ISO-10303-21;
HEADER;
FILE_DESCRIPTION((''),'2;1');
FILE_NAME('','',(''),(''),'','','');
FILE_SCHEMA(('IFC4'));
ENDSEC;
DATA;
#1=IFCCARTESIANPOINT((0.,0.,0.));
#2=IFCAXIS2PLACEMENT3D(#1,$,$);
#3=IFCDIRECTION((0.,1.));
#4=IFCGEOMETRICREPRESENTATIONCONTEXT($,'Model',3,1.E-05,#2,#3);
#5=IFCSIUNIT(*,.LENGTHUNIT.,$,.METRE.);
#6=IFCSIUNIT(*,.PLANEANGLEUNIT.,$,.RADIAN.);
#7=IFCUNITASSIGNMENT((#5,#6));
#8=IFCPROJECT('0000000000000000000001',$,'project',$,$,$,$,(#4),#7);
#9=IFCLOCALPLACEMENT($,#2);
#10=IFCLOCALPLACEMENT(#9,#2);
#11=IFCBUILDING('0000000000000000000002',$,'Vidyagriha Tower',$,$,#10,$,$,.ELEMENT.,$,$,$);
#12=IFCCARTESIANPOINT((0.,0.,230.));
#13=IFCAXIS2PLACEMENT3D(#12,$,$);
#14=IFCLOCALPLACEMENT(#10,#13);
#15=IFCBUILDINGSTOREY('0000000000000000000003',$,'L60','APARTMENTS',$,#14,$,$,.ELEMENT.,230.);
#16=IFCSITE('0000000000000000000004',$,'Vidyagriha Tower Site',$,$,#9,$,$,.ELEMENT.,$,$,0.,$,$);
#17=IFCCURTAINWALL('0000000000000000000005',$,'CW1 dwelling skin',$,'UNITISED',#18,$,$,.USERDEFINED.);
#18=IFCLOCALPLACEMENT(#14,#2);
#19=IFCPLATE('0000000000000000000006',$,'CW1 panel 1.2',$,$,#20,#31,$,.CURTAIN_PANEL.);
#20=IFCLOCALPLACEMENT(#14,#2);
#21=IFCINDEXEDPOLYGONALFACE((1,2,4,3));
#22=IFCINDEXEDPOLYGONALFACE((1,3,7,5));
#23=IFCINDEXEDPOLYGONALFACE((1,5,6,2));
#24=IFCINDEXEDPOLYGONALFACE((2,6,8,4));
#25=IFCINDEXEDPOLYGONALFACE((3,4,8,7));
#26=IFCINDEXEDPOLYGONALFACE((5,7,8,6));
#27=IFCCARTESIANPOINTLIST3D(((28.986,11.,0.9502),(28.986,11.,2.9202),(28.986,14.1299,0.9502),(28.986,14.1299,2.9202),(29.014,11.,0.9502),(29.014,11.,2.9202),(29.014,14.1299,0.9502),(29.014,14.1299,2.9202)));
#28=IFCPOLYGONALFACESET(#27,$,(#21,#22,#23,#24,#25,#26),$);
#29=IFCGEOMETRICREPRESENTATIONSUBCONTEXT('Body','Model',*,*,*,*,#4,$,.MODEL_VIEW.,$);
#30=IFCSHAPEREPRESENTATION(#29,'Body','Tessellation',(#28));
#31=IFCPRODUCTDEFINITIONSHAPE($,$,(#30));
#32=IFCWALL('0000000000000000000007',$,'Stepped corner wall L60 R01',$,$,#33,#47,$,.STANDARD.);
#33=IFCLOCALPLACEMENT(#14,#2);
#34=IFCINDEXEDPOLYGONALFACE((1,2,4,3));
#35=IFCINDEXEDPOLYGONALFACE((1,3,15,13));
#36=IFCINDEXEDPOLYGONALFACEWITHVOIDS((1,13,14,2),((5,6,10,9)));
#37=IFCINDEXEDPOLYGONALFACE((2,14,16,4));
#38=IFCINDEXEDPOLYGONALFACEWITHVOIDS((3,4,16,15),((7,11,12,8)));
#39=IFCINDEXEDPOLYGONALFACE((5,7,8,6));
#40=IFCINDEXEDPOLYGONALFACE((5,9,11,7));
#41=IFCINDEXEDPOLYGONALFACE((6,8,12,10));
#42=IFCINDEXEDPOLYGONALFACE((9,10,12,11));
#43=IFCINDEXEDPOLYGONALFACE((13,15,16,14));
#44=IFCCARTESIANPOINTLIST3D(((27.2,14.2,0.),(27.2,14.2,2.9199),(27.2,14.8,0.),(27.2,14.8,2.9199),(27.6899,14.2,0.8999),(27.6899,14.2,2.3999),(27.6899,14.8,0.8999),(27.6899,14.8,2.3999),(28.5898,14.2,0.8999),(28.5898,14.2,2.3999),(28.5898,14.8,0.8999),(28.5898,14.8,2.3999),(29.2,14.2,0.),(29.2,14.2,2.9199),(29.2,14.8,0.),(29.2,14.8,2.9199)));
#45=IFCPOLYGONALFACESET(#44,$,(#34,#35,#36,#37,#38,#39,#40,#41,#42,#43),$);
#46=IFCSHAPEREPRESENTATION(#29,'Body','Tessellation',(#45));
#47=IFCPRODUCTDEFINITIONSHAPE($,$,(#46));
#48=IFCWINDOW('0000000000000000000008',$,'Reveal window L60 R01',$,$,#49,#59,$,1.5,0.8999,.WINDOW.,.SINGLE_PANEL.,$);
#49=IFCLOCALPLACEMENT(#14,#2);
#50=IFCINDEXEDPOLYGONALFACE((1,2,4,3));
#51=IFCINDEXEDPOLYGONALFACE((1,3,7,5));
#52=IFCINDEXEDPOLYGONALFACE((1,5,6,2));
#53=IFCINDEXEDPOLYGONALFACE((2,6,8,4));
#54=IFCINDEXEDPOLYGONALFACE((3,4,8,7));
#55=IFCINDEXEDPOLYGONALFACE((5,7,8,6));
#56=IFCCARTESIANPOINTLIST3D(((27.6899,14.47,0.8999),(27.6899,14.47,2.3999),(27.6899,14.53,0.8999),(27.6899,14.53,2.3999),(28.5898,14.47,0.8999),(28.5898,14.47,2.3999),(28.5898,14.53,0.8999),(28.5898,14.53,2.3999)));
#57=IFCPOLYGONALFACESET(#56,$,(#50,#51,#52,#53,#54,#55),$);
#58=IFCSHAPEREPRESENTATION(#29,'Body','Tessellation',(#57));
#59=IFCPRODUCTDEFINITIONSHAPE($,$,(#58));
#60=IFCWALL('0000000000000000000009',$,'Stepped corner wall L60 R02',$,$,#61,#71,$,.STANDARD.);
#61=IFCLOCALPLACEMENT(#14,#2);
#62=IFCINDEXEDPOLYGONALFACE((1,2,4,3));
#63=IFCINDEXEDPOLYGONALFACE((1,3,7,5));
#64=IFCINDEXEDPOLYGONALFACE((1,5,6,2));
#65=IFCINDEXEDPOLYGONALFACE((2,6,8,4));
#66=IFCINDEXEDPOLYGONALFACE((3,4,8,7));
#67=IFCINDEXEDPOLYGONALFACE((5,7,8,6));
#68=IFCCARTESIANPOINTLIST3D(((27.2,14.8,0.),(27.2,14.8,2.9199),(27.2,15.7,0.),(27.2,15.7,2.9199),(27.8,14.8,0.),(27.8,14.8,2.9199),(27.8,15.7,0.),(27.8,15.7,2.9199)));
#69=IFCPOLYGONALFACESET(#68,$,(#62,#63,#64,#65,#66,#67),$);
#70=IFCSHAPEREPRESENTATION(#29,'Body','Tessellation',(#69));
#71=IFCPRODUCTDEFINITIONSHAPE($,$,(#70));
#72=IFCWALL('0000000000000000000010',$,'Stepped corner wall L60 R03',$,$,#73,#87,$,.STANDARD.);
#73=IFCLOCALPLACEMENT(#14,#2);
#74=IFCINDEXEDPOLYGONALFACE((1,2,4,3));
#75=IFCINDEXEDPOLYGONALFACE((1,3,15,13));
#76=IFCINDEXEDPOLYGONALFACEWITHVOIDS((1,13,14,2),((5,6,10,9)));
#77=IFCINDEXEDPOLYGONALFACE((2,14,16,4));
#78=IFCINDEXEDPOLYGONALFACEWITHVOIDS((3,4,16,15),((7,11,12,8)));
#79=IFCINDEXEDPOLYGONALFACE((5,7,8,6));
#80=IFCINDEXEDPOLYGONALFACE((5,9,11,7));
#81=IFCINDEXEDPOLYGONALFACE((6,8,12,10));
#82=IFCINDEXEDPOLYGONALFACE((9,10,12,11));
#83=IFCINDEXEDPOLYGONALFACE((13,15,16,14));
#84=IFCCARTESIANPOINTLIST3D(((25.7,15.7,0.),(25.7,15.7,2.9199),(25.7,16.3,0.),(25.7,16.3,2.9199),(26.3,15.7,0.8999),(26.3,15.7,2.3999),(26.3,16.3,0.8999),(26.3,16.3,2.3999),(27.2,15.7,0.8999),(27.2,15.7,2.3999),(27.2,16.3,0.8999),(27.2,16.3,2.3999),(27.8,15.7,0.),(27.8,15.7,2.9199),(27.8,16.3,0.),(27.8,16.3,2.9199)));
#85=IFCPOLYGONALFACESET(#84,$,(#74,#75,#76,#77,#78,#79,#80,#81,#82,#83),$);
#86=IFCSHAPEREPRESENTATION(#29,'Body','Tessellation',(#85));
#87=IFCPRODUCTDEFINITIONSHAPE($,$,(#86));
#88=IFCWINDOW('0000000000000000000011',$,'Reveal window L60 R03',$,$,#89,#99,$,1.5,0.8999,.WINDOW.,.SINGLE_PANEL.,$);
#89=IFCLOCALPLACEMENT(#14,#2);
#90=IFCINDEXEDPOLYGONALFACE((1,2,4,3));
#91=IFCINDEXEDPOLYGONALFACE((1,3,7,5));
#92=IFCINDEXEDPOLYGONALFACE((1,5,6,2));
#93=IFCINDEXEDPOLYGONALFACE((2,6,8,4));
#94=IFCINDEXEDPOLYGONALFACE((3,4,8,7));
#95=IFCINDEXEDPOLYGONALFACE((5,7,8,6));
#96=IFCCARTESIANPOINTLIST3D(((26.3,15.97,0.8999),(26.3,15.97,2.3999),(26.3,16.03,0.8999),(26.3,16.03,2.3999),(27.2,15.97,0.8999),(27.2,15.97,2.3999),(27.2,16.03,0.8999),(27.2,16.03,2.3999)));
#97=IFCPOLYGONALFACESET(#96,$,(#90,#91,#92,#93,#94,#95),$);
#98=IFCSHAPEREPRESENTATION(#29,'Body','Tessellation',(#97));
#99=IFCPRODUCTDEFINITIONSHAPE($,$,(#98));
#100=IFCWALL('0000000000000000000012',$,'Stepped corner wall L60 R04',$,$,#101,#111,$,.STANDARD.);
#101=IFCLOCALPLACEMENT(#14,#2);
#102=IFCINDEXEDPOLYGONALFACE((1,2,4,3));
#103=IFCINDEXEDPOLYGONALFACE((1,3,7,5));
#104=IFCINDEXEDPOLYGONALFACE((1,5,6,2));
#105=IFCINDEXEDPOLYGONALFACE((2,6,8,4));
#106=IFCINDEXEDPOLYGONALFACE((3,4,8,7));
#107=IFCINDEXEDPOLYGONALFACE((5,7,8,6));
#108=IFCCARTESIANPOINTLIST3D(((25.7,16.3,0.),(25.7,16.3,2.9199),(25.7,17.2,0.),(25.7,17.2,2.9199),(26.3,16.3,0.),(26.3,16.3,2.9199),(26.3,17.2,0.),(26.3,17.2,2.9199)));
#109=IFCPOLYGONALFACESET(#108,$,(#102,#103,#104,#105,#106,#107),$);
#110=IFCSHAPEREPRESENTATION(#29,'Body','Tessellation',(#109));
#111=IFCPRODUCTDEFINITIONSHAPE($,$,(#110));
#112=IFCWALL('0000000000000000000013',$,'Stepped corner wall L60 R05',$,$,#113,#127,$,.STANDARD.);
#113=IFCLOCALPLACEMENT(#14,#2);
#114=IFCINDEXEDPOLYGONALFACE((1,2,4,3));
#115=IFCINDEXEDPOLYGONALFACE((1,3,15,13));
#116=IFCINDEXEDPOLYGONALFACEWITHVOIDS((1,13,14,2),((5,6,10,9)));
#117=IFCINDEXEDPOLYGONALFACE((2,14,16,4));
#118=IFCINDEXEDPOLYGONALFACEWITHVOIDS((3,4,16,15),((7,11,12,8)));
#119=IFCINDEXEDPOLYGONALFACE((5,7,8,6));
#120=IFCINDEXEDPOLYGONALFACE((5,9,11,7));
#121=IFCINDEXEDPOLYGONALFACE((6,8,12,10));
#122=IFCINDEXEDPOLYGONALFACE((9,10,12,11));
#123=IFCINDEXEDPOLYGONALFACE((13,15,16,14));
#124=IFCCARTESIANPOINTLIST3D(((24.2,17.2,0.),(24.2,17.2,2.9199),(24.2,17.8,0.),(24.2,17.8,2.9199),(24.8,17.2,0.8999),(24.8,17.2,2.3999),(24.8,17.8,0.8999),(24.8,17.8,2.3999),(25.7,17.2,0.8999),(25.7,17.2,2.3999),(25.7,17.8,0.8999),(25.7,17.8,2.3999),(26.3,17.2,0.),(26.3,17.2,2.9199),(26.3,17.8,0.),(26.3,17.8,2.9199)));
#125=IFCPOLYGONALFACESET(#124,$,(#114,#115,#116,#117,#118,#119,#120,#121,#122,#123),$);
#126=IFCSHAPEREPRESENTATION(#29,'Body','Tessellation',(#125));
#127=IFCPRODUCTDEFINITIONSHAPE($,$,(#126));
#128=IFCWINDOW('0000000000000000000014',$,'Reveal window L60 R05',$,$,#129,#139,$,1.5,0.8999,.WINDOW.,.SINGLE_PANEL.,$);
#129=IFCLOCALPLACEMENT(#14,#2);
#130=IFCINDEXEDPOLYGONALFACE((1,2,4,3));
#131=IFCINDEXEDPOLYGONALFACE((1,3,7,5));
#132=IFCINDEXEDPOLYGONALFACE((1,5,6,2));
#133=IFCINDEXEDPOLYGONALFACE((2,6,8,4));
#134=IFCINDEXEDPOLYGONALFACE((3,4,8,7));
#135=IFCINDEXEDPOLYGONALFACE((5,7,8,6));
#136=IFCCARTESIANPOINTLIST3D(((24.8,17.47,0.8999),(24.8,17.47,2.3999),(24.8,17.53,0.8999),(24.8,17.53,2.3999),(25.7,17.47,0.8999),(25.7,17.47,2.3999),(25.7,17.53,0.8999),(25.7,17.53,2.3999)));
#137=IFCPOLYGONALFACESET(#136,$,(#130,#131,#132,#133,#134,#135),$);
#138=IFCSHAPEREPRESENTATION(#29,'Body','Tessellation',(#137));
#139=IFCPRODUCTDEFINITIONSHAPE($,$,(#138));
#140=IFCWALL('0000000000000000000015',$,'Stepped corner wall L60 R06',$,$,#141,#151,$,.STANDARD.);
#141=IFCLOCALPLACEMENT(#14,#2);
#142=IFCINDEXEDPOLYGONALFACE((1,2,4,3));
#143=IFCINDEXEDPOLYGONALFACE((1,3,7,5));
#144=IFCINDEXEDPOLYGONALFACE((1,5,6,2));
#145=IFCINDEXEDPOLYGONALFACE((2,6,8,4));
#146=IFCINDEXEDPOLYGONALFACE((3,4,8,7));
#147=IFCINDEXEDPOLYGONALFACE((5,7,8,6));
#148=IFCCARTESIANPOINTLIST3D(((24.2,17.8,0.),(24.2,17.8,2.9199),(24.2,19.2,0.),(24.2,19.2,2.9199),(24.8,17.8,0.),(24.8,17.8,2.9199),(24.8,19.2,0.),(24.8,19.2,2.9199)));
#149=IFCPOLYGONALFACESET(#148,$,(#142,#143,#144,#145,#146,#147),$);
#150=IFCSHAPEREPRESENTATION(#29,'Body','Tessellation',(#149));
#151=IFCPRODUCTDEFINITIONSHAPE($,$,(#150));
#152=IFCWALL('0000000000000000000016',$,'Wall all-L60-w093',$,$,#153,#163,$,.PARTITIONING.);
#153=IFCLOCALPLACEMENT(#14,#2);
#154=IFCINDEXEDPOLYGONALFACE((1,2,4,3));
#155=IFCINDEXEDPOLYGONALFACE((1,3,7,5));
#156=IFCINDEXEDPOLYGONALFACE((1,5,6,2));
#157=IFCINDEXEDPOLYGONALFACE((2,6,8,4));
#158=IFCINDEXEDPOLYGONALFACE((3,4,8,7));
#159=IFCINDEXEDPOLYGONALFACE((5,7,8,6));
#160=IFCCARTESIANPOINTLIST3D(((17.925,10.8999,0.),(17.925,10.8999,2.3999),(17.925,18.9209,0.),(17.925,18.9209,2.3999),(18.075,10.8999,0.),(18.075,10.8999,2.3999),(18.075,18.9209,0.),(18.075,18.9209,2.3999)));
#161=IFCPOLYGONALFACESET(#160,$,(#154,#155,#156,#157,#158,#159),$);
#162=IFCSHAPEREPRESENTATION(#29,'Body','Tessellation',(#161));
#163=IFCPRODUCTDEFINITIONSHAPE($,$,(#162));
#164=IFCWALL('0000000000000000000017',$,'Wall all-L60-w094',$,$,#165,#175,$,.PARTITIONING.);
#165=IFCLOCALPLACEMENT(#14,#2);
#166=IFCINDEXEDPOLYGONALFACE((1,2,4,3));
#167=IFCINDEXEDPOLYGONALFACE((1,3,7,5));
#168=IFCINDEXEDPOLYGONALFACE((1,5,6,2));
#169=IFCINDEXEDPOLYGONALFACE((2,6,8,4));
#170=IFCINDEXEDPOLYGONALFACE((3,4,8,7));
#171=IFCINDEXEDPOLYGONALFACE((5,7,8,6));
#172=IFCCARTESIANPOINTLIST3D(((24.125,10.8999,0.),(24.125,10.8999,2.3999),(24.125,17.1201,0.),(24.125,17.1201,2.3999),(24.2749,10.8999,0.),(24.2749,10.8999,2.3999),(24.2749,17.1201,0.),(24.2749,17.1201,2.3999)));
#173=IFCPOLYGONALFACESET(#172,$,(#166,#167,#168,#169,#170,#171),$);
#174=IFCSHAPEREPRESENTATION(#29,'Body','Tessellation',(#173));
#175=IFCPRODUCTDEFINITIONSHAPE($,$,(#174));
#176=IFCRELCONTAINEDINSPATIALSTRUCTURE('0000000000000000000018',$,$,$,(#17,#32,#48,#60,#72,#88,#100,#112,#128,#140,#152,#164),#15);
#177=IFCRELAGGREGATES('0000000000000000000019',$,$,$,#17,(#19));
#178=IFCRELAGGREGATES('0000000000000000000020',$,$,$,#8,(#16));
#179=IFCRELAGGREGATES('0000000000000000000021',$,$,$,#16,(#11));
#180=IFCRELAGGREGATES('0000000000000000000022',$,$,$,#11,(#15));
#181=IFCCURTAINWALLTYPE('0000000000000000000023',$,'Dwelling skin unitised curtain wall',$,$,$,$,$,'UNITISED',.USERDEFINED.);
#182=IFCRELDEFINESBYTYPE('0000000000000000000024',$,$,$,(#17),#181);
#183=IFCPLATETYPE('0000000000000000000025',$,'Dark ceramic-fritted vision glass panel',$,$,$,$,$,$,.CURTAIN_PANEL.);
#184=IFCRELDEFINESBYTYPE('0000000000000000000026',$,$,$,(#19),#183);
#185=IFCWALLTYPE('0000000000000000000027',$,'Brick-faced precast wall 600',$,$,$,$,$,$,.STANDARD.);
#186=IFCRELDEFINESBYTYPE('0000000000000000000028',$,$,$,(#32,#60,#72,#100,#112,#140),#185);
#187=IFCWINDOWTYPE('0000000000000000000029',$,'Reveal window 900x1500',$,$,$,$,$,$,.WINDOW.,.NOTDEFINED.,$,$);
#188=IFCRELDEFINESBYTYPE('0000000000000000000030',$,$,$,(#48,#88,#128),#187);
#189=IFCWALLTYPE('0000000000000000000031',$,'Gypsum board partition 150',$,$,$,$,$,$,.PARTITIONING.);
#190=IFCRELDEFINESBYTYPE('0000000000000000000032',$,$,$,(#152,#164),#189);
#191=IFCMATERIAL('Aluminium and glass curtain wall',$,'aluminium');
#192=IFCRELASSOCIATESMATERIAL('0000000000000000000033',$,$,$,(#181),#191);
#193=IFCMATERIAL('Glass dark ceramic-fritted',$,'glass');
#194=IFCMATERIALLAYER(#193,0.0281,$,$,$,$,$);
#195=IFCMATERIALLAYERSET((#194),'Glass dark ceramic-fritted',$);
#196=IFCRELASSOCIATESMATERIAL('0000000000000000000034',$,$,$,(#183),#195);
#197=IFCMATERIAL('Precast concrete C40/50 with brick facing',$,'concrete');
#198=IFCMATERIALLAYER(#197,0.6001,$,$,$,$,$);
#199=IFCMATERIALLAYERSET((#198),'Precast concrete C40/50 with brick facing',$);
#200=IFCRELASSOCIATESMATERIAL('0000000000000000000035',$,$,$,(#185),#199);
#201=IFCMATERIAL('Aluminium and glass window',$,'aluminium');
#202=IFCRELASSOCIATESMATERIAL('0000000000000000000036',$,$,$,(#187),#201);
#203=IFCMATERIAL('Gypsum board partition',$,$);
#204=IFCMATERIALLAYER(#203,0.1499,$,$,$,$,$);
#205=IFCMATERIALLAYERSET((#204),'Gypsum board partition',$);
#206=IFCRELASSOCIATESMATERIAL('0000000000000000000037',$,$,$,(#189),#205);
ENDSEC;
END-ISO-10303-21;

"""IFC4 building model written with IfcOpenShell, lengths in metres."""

from ifc_helpers import new_model, si_unit, direction, frame, frame_2d, origin, origin_2d, place, context, subcontext, project, spatial, rectangle, extrude, material, layer, layer_set, type_object, element, fill, aggregate, save


model = new_model("IFC4")

# Units and contexts
model_context = context("Model", 3, precision=1e-05, world=origin(), true_north=direction((0.0, 1.0)))
body_context = subcontext(model_context, "Body", "Model", "MODEL_VIEW")
ifc_project = project(units=[si_unit("LENGTHUNIT", "METRE"), si_unit("PLANEANGLEUNIT", "RADIAN")], contexts=[model_context])

# Site, building, storey
site_placement = place(None, origin())
site = spatial("IfcSite", under=ifc_project, at=site_placement, Name="Vidyagriha Tower Site", CompositionType="ELEMENT", RefElevation=0.0)
building_placement = place(site_placement, origin())
building = spatial("IfcBuilding", under=site, at=building_placement, Name="Vidyagriha Tower", CompositionType="ELEMENT")
storey_placement = place(building_placement, frame((0.0, 0.0, 230.0)))
storey = spatial("IfcBuildingStorey", under=building, at=storey_placement, Name="L60", Description="APARTMENTS", CompositionType="ELEMENT", Elevation=230.0)

# Shared definitions
ifc_material_1 = material(Name="Aluminium and glass curtain wall", Category="aluminium")
curtain_wall_type = type_object("IfcCurtainWallType", Name="Dwelling skin unitised curtain wall", ElementType="UNITISED", PredefinedType="USERDEFINED", material=ifc_material_1)

# Curtain wall
curtain_wall_1_placement = place(storey_placement, origin())
curtain_wall_1 = element("IfcCurtainWall", 1, at=curtain_wall_1_placement, inside=storey, type_object=curtain_wall_type, Name="CW1 dwelling skin", ObjectType="UNITISED", PredefinedType="USERDEFINED")

# Plate
ifc_material_2 = material(Name="Glass dark ceramic-fritted", Category="glass")
ifc_layer_1 = layer(ifc_material_2, 0.0281)
ifc_layer_set_1 = layer_set([ifc_layer_1], Name="Glass dark ceramic-fritted")
plate_type_1 = type_object("IfcPlateType", Name="Dark ceramic-fritted vision glass panel", PredefinedType="CURTAIN_PANEL", material=ifc_layer_set_1)
plate_1_placement = place(storey_placement, frame((29.0, 12.5649, 0.9502), z_axis=(0.0, 0.0, 1.0), x_axis=(0.0, 1.0, 0.0)))
plate_1 = element("IfcPlate", 2, at=plate_1_placement, type_object=plate_type_1, Name="CW1 panel 1.2", PredefinedType="CURTAIN_PANEL", context=body_context, shape_type="SweptSolid", body=[
    extrude(rectangle(XDim=3.1299, YDim=0.0281, at=origin_2d()), origin(), (0.0, 0.0, 1.0), 1.97),
])
aggregate(curtain_wall_1, [plate_1])

# Wall, opening, window
ifc_material_3 = material(Name="Precast concrete C40/50 with brick facing", Category="concrete")
ifc_layer_2 = layer(ifc_material_3, 0.6001)
ifc_layer_set_2 = layer_set([ifc_layer_2], Name="Precast concrete C40/50 with brick facing")
wall_type_1 = type_object("IfcWallType", Name="Brick-faced precast wall 600", PredefinedType="STANDARD", material=ifc_layer_set_2)
wall_1_placement = place(storey_placement, frame((29.2, 14.5, 0.0), z_axis=(0.0, 0.0, 1.0), x_axis=(-1.0, 0.0, 0.0)))
wall_1 = element("IfcWall", 3, at=wall_1_placement, inside=storey, type_object=wall_type_1, Name="Stepped corner wall L60 R01", PredefinedType="STANDARD", context=body_context, shape_type="SweptSolid", body=[
    extrude(rectangle(XDim=2.0, YDim=0.6001, at=frame_2d((1.0, 0.0))), origin(), (0.0, 0.0, 1.0), 2.9199),
])
opening_1_placement = place(wall_1_placement, frame((0.6101, 0.0, 0.8999)))
opening_1 = element("IfcOpeningElement", 4, at=opening_1_placement, cuts=wall_1, PredefinedType="OPENING", context=body_context, shape_type="SweptSolid", body=[
    extrude(rectangle(XDim=0.8999, YDim=1.5, at=frame_2d((0.45, 0.75))), frame((0.0, 0.3101, 0.0), z_axis=(0.0, -1.0, 0.0), x_axis=(1.0, 0.0, 0.0)), (0.0, 0.0, 1.0), 0.6201),
])
ifc_material_4 = material(Name="Aluminium and glass window", Category="aluminium")
window_type = type_object("IfcWindowType", Name="Reveal window 900x1500", PartitioningType="NOTDEFINED", PredefinedType="WINDOW", material=ifc_material_4)
window_1_placement = place(opening_1_placement, origin())
window_1 = element("IfcWindow", 5, at=window_1_placement, inside=storey, type_object=window_type, Name="Reveal window L60 R01", OverallHeight=1.5, OverallWidth=0.8999, PartitioningType="SINGLE_PANEL", PredefinedType="WINDOW", context=body_context, shape_type="SweptSolid", body=[
    extrude(rectangle(XDim=0.8999, YDim=1.5, at=frame_2d((0.45, 0.75))), frame((0.0, 0.03, 0.0), z_axis=(0.0, -1.0, 0.0), x_axis=(1.0, 0.0, 0.0)), (0.0, 0.0, 1.0), 0.0601),
])
fill(opening_1, window_1)

# Wall
wall_2_placement = place(storey_placement, frame((27.5, 14.8, 0.0), z_axis=(0.0, 0.0, 1.0), x_axis=(0.0, 1.0, 0.0)))
element("IfcWall", 6, at=wall_2_placement, inside=storey, type_object=wall_type_1, Name="Stepped corner wall L60 R02", PredefinedType="STANDARD", context=body_context, shape_type="SweptSolid", body=[
    extrude(rectangle(XDim=0.8999, YDim=0.6001, at=frame_2d((0.45, 0.0))), origin(), (0.0, 0.0, 1.0), 2.9199),
])

# Wall, opening, window
wall_3_placement = place(storey_placement, frame((27.8, 16.0, 0.0), z_axis=(0.0, 0.0, 1.0), x_axis=(-1.0, 0.0, 0.0)))
wall_3 = element("IfcWall", 7, at=wall_3_placement, inside=storey, type_object=wall_type_1, Name="Stepped corner wall L60 R03", PredefinedType="STANDARD", context=body_context, shape_type="SweptSolid", body=[
    extrude(rectangle(XDim=2.1001, YDim=0.6001, at=frame_2d((1.05, 0.0))), origin(), (0.0, 0.0, 1.0), 2.9199),
])
opening_2_placement = place(wall_3_placement, frame((0.6001, 0.0, 0.8999)))
opening_2 = element("IfcOpeningElement", 8, at=opening_2_placement, cuts=wall_3, PredefinedType="OPENING", context=body_context, shape_type="SweptSolid", body=[
    extrude(rectangle(XDim=0.8999, YDim=1.5, at=frame_2d((0.45, 0.75))), frame((0.0, 0.3101, 0.0), z_axis=(0.0, -1.0, 0.0), x_axis=(1.0, 0.0, 0.0)), (0.0, 0.0, 1.0), 0.6201),
])
window_2_placement = place(opening_2_placement, origin())
window_2 = element("IfcWindow", 9, at=window_2_placement, inside=storey, type_object=window_type, Name="Reveal window L60 R03", OverallHeight=1.5, OverallWidth=0.8999, PartitioningType="SINGLE_PANEL", PredefinedType="WINDOW", context=body_context, shape_type="SweptSolid", body=[
    extrude(rectangle(XDim=0.8999, YDim=1.5, at=frame_2d((0.45, 0.75))), frame((0.0, 0.03, 0.0), z_axis=(0.0, -1.0, 0.0), x_axis=(1.0, 0.0, 0.0)), (0.0, 0.0, 1.0), 0.0601),
])
fill(opening_2, window_2)

# Wall
wall_4_placement = place(storey_placement, frame((26.0, 16.3, 0.0), z_axis=(0.0, 0.0, 1.0), x_axis=(0.0, 1.0, 0.0)))
element("IfcWall", 10, at=wall_4_placement, inside=storey, type_object=wall_type_1, Name="Stepped corner wall L60 R04", PredefinedType="STANDARD", context=body_context, shape_type="SweptSolid", body=[
    extrude(rectangle(XDim=0.8999, YDim=0.6001, at=frame_2d((0.45, 0.0))), origin(), (0.0, 0.0, 1.0), 2.9199),
])

# Wall, opening, window
wall_5_placement = place(storey_placement, frame((26.3, 17.5, 0.0), z_axis=(0.0, 0.0, 1.0), x_axis=(-1.0, 0.0, 0.0)))
wall_5 = element("IfcWall", 11, at=wall_5_placement, inside=storey, type_object=wall_type_1, Name="Stepped corner wall L60 R05", PredefinedType="STANDARD", context=body_context, shape_type="SweptSolid", body=[
    extrude(rectangle(XDim=2.1001, YDim=0.6001, at=frame_2d((1.05, 0.0))), origin(), (0.0, 0.0, 1.0), 2.9199),
])
opening_3_placement = place(wall_5_placement, frame((0.6001, 0.0, 0.8999)))
opening_3 = element("IfcOpeningElement", 12, at=opening_3_placement, cuts=wall_5, PredefinedType="OPENING", context=body_context, shape_type="SweptSolid", body=[
    extrude(rectangle(XDim=0.8999, YDim=1.5, at=frame_2d((0.45, 0.75))), frame((0.0, 0.3101, 0.0), z_axis=(0.0, -1.0, 0.0), x_axis=(1.0, 0.0, 0.0)), (0.0, 0.0, 1.0), 0.6201),
])
window_3_placement = place(opening_3_placement, origin())
window_3 = element("IfcWindow", 13, at=window_3_placement, inside=storey, type_object=window_type, Name="Reveal window L60 R05", OverallHeight=1.5, OverallWidth=0.8999, PartitioningType="SINGLE_PANEL", PredefinedType="WINDOW", context=body_context, shape_type="SweptSolid", body=[
    extrude(rectangle(XDim=0.8999, YDim=1.5, at=frame_2d((0.45, 0.75))), frame((0.0, 0.03, 0.0), z_axis=(0.0, -1.0, 0.0), x_axis=(1.0, 0.0, 0.0)), (0.0, 0.0, 1.0), 0.0601),
])
fill(opening_3, window_3)

# Walls
wall_6_placement = place(storey_placement, frame((24.5, 17.8, 0.0), z_axis=(0.0, 0.0, 1.0), x_axis=(0.0, 1.0, 0.0)))
element("IfcWall", 14, at=wall_6_placement, inside=storey, type_object=wall_type_1, Name="Stepped corner wall L60 R06", PredefinedType="STANDARD", context=body_context, shape_type="SweptSolid", body=[
    extrude(rectangle(XDim=1.3999, YDim=0.6001, at=frame_2d((0.7, 0.0))), origin(), (0.0, 0.0, 1.0), 2.9199),
])
ifc_material_5 = material(Name="Gypsum board partition")
ifc_layer_3 = layer(ifc_material_5, 0.1499)
ifc_layer_set_3 = layer_set([ifc_layer_3], Name="Gypsum board partition")
wall_type_2 = type_object("IfcWallType", Name="Gypsum board partition 150", PredefinedType="PARTITIONING", material=ifc_layer_set_3)
wall_7_placement = place(storey_placement, frame((18.0, 18.9209, 0.0), z_axis=(0.0, 0.0, 1.0), x_axis=(0.0, -1.0, 0.0)))
element("IfcWall", 15, at=wall_7_placement, inside=storey, type_object=wall_type_2, Name="Wall all-L60-w093", PredefinedType="PARTITIONING", context=body_context, shape_type="SweptSolid", body=[
    extrude(rectangle(XDim=8.021, YDim=0.1499, at=frame_2d((4.0105, 0.0))), origin(), (0.0, 0.0, 1.0), 2.3999),
])
wall_8_placement = place(storey_placement, frame((24.2, 17.1201, 0.0), z_axis=(0.0, 0.0, 1.0), x_axis=(0.0, -1.0, 0.0)))
element("IfcWall", 16, at=wall_8_placement, inside=storey, type_object=wall_type_2, Name="Wall all-L60-w094", PredefinedType="PARTITIONING", context=body_context, shape_type="SweptSolid", body=[
    extrude(rectangle(XDim=6.2202, YDim=0.1499, at=frame_2d((3.1101, 0.0))), origin(), (0.0, 0.0, 1.0), 2.3999),
])

save(model, "model.ifc")
